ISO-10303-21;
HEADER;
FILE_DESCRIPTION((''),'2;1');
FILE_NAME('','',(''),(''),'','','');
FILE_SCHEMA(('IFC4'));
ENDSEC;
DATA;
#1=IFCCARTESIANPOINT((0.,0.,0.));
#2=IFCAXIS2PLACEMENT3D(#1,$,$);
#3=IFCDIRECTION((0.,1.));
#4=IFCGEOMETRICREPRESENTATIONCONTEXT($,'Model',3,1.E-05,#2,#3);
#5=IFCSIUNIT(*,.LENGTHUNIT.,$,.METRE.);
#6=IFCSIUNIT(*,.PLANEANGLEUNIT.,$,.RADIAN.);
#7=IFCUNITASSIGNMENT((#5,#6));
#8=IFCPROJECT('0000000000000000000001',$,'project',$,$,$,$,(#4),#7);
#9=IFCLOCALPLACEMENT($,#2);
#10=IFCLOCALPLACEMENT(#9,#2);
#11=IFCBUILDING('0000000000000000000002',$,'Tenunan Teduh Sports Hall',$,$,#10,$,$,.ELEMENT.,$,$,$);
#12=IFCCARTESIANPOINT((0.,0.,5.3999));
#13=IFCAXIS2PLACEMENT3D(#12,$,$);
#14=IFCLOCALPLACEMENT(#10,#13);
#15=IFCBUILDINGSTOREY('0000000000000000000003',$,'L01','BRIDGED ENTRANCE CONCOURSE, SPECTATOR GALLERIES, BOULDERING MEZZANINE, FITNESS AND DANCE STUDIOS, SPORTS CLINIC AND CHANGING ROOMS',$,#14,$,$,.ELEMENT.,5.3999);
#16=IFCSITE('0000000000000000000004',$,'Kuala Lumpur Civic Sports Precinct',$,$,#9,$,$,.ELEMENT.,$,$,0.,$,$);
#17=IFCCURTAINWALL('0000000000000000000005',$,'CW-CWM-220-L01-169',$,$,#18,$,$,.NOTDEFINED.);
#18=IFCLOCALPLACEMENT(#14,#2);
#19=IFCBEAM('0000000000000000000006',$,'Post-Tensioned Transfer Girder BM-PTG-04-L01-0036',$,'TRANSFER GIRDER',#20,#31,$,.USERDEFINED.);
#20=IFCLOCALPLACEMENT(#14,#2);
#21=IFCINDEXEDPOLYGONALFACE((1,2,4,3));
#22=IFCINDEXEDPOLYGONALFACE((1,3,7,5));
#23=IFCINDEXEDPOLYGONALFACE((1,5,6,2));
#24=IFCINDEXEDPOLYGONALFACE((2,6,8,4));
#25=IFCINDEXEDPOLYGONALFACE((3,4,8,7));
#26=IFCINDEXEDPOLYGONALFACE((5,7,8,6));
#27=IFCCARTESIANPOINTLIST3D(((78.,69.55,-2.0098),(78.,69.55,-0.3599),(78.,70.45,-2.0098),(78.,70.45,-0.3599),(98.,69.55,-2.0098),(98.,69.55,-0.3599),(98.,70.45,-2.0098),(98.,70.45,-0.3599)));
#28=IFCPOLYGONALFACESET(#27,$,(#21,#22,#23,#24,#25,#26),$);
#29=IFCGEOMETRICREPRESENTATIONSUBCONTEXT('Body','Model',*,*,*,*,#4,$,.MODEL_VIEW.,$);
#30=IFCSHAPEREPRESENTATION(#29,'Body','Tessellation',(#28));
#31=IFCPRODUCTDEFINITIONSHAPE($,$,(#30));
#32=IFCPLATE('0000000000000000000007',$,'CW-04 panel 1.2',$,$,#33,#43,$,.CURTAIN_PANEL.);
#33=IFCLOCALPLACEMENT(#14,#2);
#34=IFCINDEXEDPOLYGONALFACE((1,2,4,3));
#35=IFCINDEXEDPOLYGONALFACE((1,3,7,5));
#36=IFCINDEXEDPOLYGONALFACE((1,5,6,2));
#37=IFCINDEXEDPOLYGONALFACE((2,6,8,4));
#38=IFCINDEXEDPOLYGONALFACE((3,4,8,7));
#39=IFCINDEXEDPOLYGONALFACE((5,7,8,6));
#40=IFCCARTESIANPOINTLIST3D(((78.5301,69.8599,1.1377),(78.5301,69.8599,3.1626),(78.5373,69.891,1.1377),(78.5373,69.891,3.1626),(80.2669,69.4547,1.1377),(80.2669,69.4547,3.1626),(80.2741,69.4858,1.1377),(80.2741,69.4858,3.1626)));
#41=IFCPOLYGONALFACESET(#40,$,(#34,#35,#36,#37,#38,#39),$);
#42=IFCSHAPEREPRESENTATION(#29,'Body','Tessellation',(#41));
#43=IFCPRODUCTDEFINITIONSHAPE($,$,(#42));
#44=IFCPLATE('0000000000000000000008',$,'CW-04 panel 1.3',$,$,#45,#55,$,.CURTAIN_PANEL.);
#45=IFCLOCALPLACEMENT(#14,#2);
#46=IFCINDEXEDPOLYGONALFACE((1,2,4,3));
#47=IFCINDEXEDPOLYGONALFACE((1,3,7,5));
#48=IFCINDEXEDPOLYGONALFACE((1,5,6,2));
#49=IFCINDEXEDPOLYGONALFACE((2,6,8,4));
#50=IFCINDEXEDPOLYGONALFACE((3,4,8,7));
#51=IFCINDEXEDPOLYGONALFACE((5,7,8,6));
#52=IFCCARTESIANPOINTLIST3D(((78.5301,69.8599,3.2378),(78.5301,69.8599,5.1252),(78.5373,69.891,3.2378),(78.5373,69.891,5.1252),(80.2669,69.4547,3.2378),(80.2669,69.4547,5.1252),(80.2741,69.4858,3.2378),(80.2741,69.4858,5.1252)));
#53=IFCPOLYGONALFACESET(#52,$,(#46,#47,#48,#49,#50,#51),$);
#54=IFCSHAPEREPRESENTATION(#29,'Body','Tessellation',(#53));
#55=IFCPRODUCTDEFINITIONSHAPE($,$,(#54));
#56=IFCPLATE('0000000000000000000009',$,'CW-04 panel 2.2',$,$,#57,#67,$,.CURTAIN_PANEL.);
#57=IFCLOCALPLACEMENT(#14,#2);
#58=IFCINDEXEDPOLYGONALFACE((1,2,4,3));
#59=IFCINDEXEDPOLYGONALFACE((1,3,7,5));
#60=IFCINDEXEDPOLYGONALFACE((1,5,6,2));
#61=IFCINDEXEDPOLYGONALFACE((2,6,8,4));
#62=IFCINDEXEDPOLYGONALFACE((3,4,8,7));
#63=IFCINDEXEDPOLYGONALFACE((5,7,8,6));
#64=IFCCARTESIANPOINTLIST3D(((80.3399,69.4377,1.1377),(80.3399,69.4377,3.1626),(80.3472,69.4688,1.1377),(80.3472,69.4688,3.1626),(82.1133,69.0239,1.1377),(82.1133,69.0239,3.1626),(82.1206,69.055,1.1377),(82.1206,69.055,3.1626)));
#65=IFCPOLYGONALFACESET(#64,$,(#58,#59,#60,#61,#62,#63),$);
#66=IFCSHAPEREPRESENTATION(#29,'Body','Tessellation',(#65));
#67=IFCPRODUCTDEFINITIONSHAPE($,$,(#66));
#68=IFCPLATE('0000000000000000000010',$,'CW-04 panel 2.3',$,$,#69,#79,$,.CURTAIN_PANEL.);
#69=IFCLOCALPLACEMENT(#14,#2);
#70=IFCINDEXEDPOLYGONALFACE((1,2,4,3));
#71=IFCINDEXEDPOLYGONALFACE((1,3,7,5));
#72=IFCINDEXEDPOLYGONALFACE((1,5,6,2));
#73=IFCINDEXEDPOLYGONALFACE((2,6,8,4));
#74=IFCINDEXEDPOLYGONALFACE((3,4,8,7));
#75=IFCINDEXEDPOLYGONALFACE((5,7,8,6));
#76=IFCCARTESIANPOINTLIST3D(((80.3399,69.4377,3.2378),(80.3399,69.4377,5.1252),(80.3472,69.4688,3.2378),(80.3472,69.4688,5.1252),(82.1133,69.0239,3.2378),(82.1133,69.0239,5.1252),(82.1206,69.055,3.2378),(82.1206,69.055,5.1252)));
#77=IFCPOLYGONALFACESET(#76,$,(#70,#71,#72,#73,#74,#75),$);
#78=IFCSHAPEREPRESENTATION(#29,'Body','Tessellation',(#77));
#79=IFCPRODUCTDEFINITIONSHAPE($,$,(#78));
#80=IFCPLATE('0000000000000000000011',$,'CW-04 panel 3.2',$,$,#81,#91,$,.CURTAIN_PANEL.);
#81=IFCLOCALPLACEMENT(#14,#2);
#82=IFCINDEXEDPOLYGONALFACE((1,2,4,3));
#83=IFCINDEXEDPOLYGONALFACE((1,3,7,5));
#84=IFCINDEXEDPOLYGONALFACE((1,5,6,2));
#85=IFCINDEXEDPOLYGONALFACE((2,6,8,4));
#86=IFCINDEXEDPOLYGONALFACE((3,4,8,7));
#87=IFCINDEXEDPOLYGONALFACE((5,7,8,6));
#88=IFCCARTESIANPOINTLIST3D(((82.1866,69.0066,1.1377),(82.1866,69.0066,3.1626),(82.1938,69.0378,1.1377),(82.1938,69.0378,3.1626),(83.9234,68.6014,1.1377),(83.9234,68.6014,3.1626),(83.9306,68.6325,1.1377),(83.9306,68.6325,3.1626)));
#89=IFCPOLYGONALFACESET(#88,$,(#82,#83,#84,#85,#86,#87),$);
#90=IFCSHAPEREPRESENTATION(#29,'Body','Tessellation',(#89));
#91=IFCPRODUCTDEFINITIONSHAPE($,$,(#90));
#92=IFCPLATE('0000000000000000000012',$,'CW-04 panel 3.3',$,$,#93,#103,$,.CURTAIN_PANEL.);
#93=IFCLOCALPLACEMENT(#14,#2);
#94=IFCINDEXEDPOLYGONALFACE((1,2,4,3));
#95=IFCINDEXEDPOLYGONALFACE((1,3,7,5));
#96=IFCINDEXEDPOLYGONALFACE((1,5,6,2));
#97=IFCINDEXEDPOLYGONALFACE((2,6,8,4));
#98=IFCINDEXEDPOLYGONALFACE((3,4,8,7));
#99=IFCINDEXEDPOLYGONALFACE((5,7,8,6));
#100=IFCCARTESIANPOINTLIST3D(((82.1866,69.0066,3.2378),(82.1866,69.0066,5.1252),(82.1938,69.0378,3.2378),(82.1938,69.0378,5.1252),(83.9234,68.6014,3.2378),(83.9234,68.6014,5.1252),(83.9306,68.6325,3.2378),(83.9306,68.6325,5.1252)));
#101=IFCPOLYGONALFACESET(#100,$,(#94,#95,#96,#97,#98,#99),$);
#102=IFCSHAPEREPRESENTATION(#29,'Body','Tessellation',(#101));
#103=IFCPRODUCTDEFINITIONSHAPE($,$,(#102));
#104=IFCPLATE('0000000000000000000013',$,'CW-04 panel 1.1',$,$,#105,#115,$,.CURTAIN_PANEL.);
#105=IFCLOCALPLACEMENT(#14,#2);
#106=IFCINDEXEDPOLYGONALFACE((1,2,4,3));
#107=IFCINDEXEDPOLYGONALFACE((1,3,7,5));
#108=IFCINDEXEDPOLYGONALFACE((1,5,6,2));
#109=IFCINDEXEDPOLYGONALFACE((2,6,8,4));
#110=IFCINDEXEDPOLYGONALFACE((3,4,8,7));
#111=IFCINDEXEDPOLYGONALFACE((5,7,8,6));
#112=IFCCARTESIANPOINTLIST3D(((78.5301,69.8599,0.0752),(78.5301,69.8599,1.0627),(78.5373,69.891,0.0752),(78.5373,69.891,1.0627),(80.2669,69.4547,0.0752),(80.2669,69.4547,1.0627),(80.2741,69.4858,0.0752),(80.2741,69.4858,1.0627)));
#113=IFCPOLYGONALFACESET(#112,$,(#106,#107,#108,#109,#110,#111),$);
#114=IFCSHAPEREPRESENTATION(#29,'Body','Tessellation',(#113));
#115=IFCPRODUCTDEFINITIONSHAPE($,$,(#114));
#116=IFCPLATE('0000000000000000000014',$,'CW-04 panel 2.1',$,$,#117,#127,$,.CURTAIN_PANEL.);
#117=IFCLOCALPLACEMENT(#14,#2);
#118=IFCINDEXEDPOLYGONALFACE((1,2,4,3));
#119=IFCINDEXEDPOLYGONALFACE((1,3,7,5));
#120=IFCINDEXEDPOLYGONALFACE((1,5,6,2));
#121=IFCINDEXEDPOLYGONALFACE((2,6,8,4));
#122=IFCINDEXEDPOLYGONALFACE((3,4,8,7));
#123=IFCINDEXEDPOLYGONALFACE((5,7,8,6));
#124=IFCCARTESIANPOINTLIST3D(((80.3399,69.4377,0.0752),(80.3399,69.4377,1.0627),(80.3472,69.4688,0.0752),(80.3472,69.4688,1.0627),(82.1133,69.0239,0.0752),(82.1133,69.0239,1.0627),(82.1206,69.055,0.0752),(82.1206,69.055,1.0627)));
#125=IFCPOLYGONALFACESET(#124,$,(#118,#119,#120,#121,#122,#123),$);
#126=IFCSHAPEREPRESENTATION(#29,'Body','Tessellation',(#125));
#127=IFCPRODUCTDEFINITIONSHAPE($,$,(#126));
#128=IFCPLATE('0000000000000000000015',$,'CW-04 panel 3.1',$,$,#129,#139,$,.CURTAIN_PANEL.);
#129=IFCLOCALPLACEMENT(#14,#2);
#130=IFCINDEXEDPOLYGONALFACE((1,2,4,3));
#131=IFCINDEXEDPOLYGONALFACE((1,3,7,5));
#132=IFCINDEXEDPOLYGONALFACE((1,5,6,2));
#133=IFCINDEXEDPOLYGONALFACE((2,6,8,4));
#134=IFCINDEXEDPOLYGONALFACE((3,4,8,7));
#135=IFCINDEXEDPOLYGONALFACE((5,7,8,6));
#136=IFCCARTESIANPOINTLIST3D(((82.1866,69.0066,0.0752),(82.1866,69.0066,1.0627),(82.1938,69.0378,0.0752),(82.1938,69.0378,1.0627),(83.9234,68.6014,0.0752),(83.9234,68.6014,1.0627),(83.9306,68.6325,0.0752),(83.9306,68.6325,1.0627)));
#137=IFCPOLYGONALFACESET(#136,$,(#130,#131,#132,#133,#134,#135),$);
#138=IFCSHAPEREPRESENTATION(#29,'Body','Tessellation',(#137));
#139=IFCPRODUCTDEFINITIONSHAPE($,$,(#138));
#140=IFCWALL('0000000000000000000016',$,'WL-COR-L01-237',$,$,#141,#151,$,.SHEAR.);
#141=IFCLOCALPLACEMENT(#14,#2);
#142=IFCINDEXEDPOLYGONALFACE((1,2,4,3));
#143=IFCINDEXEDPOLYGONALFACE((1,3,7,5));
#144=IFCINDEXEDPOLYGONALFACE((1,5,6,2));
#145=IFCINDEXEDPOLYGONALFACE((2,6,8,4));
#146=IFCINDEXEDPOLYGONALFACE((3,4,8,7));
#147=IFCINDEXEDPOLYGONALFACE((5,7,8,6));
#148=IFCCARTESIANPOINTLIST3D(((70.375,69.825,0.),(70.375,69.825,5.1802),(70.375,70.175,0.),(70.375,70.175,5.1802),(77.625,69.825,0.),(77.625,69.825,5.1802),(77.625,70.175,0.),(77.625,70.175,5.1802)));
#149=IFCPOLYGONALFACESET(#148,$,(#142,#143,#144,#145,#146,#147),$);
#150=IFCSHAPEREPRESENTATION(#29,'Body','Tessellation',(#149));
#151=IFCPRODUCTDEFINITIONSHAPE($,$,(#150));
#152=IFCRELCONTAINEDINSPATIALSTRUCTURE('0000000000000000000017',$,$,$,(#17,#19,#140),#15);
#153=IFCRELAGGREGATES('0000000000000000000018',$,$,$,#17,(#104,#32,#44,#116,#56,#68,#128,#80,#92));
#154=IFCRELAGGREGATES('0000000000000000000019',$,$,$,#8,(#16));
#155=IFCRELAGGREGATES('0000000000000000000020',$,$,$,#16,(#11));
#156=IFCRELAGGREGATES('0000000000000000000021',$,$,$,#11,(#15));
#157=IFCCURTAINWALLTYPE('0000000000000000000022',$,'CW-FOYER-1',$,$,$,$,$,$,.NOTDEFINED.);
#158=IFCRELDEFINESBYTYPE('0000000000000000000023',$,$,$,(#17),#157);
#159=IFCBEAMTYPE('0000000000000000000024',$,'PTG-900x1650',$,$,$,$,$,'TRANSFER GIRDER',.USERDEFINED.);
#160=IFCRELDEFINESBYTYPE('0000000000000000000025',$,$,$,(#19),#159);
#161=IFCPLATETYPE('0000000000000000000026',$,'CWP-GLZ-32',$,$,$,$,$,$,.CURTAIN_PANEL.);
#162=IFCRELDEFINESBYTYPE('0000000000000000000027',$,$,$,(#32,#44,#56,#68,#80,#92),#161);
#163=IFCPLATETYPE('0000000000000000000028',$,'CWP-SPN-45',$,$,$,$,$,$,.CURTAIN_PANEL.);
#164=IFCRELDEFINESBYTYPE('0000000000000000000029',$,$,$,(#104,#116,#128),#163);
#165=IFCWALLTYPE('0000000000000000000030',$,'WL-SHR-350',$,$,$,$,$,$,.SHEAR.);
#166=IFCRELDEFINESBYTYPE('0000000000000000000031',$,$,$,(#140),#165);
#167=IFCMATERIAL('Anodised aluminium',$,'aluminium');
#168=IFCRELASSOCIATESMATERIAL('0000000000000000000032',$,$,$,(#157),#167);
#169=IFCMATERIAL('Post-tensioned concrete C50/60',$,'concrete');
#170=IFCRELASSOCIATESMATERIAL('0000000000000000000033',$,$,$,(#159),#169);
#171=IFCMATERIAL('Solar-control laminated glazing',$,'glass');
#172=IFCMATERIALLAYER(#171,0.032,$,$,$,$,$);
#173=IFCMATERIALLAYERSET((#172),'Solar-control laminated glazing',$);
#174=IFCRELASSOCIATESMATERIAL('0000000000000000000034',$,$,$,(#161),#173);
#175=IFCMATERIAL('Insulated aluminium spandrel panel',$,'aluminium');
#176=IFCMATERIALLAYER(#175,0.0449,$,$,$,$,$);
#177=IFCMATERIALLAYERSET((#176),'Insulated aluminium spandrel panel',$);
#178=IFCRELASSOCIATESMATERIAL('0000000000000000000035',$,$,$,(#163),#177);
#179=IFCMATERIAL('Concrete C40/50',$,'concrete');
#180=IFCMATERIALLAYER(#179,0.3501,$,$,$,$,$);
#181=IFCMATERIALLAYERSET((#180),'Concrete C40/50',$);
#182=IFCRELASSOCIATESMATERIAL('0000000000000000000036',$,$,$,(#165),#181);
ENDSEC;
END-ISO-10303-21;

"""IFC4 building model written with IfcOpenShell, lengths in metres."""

from ifc_helpers import new_model, si_unit, direction, frame, frame_2d, origin, origin_2d, place, context, subcontext, project, spatial, rectangle, extrude, material, layer, layer_set, material_profile, profile_set, type_object, element, aggregate, save


model = new_model("IFC4")

# Units and contexts
model_context = context("Model", 3, precision=1e-05, world=origin(), true_north=direction((0.0, 1.0)))
body_context = subcontext(model_context, "Body", "Model", "MODEL_VIEW")
ifc_project = project(units=[si_unit("LENGTHUNIT", "METRE"), si_unit("PLANEANGLEUNIT", "RADIAN")], contexts=[model_context])

# Site, building, storey
site_placement = place(None, origin())
site = spatial("IfcSite", under=ifc_project, at=site_placement, Name="Kuala Lumpur Civic Sports Precinct", CompositionType="ELEMENT", RefElevation=0.0)
building_placement = place(site_placement, origin())
building = spatial("IfcBuilding", under=site, at=building_placement, Name="Tenunan Teduh Sports Hall", CompositionType="ELEMENT")
storey_placement = place(building_placement, frame((0.0, 0.0, 5.3999)))
storey = spatial("IfcBuildingStorey", under=building, at=storey_placement, Name="L01", Description="BRIDGED ENTRANCE CONCOURSE, SPECTATOR GALLERIES, BOULDERING MEZZANINE, FITNESS AND DANCE STUDIOS, SPORTS CLINIC AND CHANGING ROOMS", CompositionType="ELEMENT", Elevation=5.3999)

# Shared definitions
ifc_material_1 = material(Name="Anodised aluminium", Category="aluminium")
curtain_wall_type = type_object("IfcCurtainWallType", Name="CW-FOYER-1", PredefinedType="NOTDEFINED", material=ifc_material_1)

# Curtain wall
curtain_wall_1_placement = place(storey_placement, origin())
curtain_wall_1 = element("IfcCurtainWall", 1, at=curtain_wall_1_placement, inside=storey, type_object=curtain_wall_type, Name="CW-CWM-220-L01-169", PredefinedType="NOTDEFINED")

# Beam
ifc_material_2 = material(Name="Post-tensioned concrete C50/60", Category="concrete")
ifc_material_profile_1 = material_profile(ifc_material_2, rectangle(XDim=0.8999, YDim=1.6499, at=origin_2d()), Name="PTG 900x1650")
ifc_profile_set_1 = profile_set([ifc_material_profile_1], Name="Post-tensioned concrete C50/60")
beam_type_1 = type_object("IfcBeamType", Name="PTG-900x1650", ElementType="TRANSFER GIRDER", PredefinedType="USERDEFINED", material=ifc_profile_set_1)
beam_1_placement = place(storey_placement, frame((78.0, 70.0, -1.1848), z_axis=(1.0, 0.0, 0.0), x_axis=(0.0, 1.0, 0.0)))
element("IfcBeam", 2, at=beam_1_placement, inside=storey, type_object=beam_type_1, Name="Post-Tensioned Transfer Girder BM-PTG-04-L01-0036", ObjectType="TRANSFER GIRDER", PredefinedType="USERDEFINED", context=body_context, shape_type="SweptSolid", body=[
    extrude(rectangle(XDim=0.8999, YDim=1.6499, at=origin_2d()), origin(), (0.0, 0.0, 1.0), 20.0),
])

# Plates
ifc_material_3 = material(Name="Solar-control laminated glazing", Category="glass")
ifc_layer_1 = layer(ifc_material_3, 0.032)
ifc_layer_set_1 = layer_set([ifc_layer_1], Name="Solar-control laminated glazing")
plate_type_1 = type_object("IfcPlateType", Name="CWP-GLZ-32", PredefinedType="CURTAIN_PANEL", material=ifc_layer_set_1)
plate_1_placement = place(storey_placement, frame((79.4021, 69.6729, 1.1377), z_axis=(0.0, 0.0, 1.0), x_axis=(0.973842, -0.227225, 0.0)))
plate_1 = element("IfcPlate", 3, at=plate_1_placement, type_object=plate_type_1, Name="CW-04 panel 1.2", PredefinedType="CURTAIN_PANEL", context=body_context, shape_type="SweptSolid", body=[
    extrude(rectangle(XDim=1.7834, YDim=0.032, at=origin_2d()), origin(), (0.0, 0.0, 1.0), 2.0249),
])
plate_2_placement = place(storey_placement, frame((79.4021, 69.6729, 3.2378), z_axis=(0.0, 0.0, 1.0), x_axis=(0.973842, -0.227225, 0.0)))
plate_2 = element("IfcPlate", 4, at=plate_2_placement, type_object=plate_type_1, Name="CW-04 panel 1.3", PredefinedType="CURTAIN_PANEL", context=body_context, shape_type="SweptSolid", body=[
    extrude(rectangle(XDim=1.7834, YDim=0.032, at=origin_2d()), origin(), (0.0, 0.0, 1.0), 1.8875),
])
plate_3_placement = place(storey_placement, frame((81.2302, 69.2463, 1.1377), z_axis=(0.0, 0.0, 1.0), x_axis=(0.973842, -0.227225, 0.0)))
plate_3 = element("IfcPlate", 5, at=plate_3_placement, type_object=plate_type_1, Name="CW-04 panel 2.2", PredefinedType="CURTAIN_PANEL", context=body_context, shape_type="SweptSolid", body=[
    extrude(rectangle(XDim=1.821, YDim=0.032, at=origin_2d()), origin(), (0.0, 0.0, 1.0), 2.0249),
])
plate_4_placement = place(storey_placement, frame((81.2302, 69.2463, 3.2378), z_axis=(0.0, 0.0, 1.0), x_axis=(0.973842, -0.227225, 0.0)))
plate_4 = element("IfcPlate", 6, at=plate_4_placement, type_object=plate_type_1, Name="CW-04 panel 2.3", PredefinedType="CURTAIN_PANEL", context=body_context, shape_type="SweptSolid", body=[
    extrude(rectangle(XDim=1.821, YDim=0.032, at=origin_2d()), origin(), (0.0, 0.0, 1.0), 1.8875),
])
plate_5_placement = place(storey_placement, frame((83.0586, 68.8196, 1.1377), z_axis=(0.0, 0.0, 1.0), x_axis=(0.973842, -0.227225, 0.0)))
plate_5 = element("IfcPlate", 7, at=plate_5_placement, type_object=plate_type_1, Name="CW-04 panel 3.2", PredefinedType="CURTAIN_PANEL", context=body_context, shape_type="SweptSolid", body=[
    extrude(rectangle(XDim=1.7834, YDim=0.032, at=origin_2d()), origin(), (0.0, 0.0, 1.0), 2.0249),
])
plate_6_placement = place(storey_placement, frame((83.0586, 68.8196, 3.2378), z_axis=(0.0, 0.0, 1.0), x_axis=(0.973842, -0.227225, 0.0)))
plate_6 = element("IfcPlate", 8, at=plate_6_placement, type_object=plate_type_1, Name="CW-04 panel 3.3", PredefinedType="CURTAIN_PANEL", context=body_context, shape_type="SweptSolid", body=[
    extrude(rectangle(XDim=1.7834, YDim=0.032, at=origin_2d()), origin(), (0.0, 0.0, 1.0), 1.8875),
])
ifc_material_4 = material(Name="Insulated aluminium spandrel panel", Category="aluminium")
ifc_layer_2 = layer(ifc_material_4, 0.0449)
ifc_layer_set_2 = layer_set([ifc_layer_2], Name="Insulated aluminium spandrel panel")
plate_type_2 = type_object("IfcPlateType", Name="CWP-SPN-45", PredefinedType="CURTAIN_PANEL", material=ifc_layer_set_2)
plate_7_placement = place(storey_placement, frame((79.4021, 69.6729, 0.0752), z_axis=(0.0, 0.0, 1.0), x_axis=(0.973842, -0.227225, 0.0)))
plate_7 = element("IfcPlate", 9, at=plate_7_placement, type_object=plate_type_2, Name="CW-04 panel 1.1", PredefinedType="CURTAIN_PANEL", context=body_context, shape_type="SweptSolid", body=[
    extrude(rectangle(XDim=1.7834, YDim=0.032, at=origin_2d()), origin(), (0.0, 0.0, 1.0), 0.9875),
])
plate_8_placement = place(storey_placement, frame((81.2302, 69.2463, 0.0752), z_axis=(0.0, 0.0, 1.0), x_axis=(0.973842, -0.227225, 0.0)))
plate_8 = element("IfcPlate", 10, at=plate_8_placement, type_object=plate_type_2, Name="CW-04 panel 2.1", PredefinedType="CURTAIN_PANEL", context=body_context, shape_type="SweptSolid", body=[
    extrude(rectangle(XDim=1.821, YDim=0.032, at=origin_2d()), origin(), (0.0, 0.0, 1.0), 0.9875),
])
plate_9_placement = place(storey_placement, frame((83.0586, 68.8196, 0.0752), z_axis=(0.0, 0.0, 1.0), x_axis=(0.973842, -0.227225, 0.0)))
plate_9 = element("IfcPlate", 11, at=plate_9_placement, type_object=plate_type_2, Name="CW-04 panel 3.1", PredefinedType="CURTAIN_PANEL", context=body_context, shape_type="SweptSolid", body=[
    extrude(rectangle(XDim=1.7834, YDim=0.032, at=origin_2d()), origin(), (0.0, 0.0, 1.0), 0.9875),
])
aggregate(curtain_wall_1, [plate_7, plate_1, plate_2, plate_8, plate_3, plate_4, plate_9, plate_5, plate_6])

# Wall
ifc_material_5 = material(Name="Concrete C40/50", Category="concrete")
ifc_layer_3 = layer(ifc_material_5, 0.3501)
ifc_layer_set_3 = layer_set([ifc_layer_3], Name="Concrete C40/50")
wall_type = type_object("IfcWallType", Name="WL-SHR-350", PredefinedType="SHEAR", material=ifc_layer_set_3)
wall_placement = place(storey_placement, frame((70.375, 70.0, 0.0), z_axis=(0.0, 0.0, 1.0), x_axis=(1.0, 0.0, 0.0)))
element("IfcWall", 12, at=wall_placement, inside=storey, type_object=wall_type, Name="WL-COR-L01-237", PredefinedType="SHEAR", context=body_context, shape_type="SweptSolid", body=[
    extrude(rectangle(XDim=7.25, YDim=0.3501, at=frame_2d((3.625, 0.0))), origin(), (0.0, 0.0, 1.0), 5.1802),
])

save(model, "model.ifc")
